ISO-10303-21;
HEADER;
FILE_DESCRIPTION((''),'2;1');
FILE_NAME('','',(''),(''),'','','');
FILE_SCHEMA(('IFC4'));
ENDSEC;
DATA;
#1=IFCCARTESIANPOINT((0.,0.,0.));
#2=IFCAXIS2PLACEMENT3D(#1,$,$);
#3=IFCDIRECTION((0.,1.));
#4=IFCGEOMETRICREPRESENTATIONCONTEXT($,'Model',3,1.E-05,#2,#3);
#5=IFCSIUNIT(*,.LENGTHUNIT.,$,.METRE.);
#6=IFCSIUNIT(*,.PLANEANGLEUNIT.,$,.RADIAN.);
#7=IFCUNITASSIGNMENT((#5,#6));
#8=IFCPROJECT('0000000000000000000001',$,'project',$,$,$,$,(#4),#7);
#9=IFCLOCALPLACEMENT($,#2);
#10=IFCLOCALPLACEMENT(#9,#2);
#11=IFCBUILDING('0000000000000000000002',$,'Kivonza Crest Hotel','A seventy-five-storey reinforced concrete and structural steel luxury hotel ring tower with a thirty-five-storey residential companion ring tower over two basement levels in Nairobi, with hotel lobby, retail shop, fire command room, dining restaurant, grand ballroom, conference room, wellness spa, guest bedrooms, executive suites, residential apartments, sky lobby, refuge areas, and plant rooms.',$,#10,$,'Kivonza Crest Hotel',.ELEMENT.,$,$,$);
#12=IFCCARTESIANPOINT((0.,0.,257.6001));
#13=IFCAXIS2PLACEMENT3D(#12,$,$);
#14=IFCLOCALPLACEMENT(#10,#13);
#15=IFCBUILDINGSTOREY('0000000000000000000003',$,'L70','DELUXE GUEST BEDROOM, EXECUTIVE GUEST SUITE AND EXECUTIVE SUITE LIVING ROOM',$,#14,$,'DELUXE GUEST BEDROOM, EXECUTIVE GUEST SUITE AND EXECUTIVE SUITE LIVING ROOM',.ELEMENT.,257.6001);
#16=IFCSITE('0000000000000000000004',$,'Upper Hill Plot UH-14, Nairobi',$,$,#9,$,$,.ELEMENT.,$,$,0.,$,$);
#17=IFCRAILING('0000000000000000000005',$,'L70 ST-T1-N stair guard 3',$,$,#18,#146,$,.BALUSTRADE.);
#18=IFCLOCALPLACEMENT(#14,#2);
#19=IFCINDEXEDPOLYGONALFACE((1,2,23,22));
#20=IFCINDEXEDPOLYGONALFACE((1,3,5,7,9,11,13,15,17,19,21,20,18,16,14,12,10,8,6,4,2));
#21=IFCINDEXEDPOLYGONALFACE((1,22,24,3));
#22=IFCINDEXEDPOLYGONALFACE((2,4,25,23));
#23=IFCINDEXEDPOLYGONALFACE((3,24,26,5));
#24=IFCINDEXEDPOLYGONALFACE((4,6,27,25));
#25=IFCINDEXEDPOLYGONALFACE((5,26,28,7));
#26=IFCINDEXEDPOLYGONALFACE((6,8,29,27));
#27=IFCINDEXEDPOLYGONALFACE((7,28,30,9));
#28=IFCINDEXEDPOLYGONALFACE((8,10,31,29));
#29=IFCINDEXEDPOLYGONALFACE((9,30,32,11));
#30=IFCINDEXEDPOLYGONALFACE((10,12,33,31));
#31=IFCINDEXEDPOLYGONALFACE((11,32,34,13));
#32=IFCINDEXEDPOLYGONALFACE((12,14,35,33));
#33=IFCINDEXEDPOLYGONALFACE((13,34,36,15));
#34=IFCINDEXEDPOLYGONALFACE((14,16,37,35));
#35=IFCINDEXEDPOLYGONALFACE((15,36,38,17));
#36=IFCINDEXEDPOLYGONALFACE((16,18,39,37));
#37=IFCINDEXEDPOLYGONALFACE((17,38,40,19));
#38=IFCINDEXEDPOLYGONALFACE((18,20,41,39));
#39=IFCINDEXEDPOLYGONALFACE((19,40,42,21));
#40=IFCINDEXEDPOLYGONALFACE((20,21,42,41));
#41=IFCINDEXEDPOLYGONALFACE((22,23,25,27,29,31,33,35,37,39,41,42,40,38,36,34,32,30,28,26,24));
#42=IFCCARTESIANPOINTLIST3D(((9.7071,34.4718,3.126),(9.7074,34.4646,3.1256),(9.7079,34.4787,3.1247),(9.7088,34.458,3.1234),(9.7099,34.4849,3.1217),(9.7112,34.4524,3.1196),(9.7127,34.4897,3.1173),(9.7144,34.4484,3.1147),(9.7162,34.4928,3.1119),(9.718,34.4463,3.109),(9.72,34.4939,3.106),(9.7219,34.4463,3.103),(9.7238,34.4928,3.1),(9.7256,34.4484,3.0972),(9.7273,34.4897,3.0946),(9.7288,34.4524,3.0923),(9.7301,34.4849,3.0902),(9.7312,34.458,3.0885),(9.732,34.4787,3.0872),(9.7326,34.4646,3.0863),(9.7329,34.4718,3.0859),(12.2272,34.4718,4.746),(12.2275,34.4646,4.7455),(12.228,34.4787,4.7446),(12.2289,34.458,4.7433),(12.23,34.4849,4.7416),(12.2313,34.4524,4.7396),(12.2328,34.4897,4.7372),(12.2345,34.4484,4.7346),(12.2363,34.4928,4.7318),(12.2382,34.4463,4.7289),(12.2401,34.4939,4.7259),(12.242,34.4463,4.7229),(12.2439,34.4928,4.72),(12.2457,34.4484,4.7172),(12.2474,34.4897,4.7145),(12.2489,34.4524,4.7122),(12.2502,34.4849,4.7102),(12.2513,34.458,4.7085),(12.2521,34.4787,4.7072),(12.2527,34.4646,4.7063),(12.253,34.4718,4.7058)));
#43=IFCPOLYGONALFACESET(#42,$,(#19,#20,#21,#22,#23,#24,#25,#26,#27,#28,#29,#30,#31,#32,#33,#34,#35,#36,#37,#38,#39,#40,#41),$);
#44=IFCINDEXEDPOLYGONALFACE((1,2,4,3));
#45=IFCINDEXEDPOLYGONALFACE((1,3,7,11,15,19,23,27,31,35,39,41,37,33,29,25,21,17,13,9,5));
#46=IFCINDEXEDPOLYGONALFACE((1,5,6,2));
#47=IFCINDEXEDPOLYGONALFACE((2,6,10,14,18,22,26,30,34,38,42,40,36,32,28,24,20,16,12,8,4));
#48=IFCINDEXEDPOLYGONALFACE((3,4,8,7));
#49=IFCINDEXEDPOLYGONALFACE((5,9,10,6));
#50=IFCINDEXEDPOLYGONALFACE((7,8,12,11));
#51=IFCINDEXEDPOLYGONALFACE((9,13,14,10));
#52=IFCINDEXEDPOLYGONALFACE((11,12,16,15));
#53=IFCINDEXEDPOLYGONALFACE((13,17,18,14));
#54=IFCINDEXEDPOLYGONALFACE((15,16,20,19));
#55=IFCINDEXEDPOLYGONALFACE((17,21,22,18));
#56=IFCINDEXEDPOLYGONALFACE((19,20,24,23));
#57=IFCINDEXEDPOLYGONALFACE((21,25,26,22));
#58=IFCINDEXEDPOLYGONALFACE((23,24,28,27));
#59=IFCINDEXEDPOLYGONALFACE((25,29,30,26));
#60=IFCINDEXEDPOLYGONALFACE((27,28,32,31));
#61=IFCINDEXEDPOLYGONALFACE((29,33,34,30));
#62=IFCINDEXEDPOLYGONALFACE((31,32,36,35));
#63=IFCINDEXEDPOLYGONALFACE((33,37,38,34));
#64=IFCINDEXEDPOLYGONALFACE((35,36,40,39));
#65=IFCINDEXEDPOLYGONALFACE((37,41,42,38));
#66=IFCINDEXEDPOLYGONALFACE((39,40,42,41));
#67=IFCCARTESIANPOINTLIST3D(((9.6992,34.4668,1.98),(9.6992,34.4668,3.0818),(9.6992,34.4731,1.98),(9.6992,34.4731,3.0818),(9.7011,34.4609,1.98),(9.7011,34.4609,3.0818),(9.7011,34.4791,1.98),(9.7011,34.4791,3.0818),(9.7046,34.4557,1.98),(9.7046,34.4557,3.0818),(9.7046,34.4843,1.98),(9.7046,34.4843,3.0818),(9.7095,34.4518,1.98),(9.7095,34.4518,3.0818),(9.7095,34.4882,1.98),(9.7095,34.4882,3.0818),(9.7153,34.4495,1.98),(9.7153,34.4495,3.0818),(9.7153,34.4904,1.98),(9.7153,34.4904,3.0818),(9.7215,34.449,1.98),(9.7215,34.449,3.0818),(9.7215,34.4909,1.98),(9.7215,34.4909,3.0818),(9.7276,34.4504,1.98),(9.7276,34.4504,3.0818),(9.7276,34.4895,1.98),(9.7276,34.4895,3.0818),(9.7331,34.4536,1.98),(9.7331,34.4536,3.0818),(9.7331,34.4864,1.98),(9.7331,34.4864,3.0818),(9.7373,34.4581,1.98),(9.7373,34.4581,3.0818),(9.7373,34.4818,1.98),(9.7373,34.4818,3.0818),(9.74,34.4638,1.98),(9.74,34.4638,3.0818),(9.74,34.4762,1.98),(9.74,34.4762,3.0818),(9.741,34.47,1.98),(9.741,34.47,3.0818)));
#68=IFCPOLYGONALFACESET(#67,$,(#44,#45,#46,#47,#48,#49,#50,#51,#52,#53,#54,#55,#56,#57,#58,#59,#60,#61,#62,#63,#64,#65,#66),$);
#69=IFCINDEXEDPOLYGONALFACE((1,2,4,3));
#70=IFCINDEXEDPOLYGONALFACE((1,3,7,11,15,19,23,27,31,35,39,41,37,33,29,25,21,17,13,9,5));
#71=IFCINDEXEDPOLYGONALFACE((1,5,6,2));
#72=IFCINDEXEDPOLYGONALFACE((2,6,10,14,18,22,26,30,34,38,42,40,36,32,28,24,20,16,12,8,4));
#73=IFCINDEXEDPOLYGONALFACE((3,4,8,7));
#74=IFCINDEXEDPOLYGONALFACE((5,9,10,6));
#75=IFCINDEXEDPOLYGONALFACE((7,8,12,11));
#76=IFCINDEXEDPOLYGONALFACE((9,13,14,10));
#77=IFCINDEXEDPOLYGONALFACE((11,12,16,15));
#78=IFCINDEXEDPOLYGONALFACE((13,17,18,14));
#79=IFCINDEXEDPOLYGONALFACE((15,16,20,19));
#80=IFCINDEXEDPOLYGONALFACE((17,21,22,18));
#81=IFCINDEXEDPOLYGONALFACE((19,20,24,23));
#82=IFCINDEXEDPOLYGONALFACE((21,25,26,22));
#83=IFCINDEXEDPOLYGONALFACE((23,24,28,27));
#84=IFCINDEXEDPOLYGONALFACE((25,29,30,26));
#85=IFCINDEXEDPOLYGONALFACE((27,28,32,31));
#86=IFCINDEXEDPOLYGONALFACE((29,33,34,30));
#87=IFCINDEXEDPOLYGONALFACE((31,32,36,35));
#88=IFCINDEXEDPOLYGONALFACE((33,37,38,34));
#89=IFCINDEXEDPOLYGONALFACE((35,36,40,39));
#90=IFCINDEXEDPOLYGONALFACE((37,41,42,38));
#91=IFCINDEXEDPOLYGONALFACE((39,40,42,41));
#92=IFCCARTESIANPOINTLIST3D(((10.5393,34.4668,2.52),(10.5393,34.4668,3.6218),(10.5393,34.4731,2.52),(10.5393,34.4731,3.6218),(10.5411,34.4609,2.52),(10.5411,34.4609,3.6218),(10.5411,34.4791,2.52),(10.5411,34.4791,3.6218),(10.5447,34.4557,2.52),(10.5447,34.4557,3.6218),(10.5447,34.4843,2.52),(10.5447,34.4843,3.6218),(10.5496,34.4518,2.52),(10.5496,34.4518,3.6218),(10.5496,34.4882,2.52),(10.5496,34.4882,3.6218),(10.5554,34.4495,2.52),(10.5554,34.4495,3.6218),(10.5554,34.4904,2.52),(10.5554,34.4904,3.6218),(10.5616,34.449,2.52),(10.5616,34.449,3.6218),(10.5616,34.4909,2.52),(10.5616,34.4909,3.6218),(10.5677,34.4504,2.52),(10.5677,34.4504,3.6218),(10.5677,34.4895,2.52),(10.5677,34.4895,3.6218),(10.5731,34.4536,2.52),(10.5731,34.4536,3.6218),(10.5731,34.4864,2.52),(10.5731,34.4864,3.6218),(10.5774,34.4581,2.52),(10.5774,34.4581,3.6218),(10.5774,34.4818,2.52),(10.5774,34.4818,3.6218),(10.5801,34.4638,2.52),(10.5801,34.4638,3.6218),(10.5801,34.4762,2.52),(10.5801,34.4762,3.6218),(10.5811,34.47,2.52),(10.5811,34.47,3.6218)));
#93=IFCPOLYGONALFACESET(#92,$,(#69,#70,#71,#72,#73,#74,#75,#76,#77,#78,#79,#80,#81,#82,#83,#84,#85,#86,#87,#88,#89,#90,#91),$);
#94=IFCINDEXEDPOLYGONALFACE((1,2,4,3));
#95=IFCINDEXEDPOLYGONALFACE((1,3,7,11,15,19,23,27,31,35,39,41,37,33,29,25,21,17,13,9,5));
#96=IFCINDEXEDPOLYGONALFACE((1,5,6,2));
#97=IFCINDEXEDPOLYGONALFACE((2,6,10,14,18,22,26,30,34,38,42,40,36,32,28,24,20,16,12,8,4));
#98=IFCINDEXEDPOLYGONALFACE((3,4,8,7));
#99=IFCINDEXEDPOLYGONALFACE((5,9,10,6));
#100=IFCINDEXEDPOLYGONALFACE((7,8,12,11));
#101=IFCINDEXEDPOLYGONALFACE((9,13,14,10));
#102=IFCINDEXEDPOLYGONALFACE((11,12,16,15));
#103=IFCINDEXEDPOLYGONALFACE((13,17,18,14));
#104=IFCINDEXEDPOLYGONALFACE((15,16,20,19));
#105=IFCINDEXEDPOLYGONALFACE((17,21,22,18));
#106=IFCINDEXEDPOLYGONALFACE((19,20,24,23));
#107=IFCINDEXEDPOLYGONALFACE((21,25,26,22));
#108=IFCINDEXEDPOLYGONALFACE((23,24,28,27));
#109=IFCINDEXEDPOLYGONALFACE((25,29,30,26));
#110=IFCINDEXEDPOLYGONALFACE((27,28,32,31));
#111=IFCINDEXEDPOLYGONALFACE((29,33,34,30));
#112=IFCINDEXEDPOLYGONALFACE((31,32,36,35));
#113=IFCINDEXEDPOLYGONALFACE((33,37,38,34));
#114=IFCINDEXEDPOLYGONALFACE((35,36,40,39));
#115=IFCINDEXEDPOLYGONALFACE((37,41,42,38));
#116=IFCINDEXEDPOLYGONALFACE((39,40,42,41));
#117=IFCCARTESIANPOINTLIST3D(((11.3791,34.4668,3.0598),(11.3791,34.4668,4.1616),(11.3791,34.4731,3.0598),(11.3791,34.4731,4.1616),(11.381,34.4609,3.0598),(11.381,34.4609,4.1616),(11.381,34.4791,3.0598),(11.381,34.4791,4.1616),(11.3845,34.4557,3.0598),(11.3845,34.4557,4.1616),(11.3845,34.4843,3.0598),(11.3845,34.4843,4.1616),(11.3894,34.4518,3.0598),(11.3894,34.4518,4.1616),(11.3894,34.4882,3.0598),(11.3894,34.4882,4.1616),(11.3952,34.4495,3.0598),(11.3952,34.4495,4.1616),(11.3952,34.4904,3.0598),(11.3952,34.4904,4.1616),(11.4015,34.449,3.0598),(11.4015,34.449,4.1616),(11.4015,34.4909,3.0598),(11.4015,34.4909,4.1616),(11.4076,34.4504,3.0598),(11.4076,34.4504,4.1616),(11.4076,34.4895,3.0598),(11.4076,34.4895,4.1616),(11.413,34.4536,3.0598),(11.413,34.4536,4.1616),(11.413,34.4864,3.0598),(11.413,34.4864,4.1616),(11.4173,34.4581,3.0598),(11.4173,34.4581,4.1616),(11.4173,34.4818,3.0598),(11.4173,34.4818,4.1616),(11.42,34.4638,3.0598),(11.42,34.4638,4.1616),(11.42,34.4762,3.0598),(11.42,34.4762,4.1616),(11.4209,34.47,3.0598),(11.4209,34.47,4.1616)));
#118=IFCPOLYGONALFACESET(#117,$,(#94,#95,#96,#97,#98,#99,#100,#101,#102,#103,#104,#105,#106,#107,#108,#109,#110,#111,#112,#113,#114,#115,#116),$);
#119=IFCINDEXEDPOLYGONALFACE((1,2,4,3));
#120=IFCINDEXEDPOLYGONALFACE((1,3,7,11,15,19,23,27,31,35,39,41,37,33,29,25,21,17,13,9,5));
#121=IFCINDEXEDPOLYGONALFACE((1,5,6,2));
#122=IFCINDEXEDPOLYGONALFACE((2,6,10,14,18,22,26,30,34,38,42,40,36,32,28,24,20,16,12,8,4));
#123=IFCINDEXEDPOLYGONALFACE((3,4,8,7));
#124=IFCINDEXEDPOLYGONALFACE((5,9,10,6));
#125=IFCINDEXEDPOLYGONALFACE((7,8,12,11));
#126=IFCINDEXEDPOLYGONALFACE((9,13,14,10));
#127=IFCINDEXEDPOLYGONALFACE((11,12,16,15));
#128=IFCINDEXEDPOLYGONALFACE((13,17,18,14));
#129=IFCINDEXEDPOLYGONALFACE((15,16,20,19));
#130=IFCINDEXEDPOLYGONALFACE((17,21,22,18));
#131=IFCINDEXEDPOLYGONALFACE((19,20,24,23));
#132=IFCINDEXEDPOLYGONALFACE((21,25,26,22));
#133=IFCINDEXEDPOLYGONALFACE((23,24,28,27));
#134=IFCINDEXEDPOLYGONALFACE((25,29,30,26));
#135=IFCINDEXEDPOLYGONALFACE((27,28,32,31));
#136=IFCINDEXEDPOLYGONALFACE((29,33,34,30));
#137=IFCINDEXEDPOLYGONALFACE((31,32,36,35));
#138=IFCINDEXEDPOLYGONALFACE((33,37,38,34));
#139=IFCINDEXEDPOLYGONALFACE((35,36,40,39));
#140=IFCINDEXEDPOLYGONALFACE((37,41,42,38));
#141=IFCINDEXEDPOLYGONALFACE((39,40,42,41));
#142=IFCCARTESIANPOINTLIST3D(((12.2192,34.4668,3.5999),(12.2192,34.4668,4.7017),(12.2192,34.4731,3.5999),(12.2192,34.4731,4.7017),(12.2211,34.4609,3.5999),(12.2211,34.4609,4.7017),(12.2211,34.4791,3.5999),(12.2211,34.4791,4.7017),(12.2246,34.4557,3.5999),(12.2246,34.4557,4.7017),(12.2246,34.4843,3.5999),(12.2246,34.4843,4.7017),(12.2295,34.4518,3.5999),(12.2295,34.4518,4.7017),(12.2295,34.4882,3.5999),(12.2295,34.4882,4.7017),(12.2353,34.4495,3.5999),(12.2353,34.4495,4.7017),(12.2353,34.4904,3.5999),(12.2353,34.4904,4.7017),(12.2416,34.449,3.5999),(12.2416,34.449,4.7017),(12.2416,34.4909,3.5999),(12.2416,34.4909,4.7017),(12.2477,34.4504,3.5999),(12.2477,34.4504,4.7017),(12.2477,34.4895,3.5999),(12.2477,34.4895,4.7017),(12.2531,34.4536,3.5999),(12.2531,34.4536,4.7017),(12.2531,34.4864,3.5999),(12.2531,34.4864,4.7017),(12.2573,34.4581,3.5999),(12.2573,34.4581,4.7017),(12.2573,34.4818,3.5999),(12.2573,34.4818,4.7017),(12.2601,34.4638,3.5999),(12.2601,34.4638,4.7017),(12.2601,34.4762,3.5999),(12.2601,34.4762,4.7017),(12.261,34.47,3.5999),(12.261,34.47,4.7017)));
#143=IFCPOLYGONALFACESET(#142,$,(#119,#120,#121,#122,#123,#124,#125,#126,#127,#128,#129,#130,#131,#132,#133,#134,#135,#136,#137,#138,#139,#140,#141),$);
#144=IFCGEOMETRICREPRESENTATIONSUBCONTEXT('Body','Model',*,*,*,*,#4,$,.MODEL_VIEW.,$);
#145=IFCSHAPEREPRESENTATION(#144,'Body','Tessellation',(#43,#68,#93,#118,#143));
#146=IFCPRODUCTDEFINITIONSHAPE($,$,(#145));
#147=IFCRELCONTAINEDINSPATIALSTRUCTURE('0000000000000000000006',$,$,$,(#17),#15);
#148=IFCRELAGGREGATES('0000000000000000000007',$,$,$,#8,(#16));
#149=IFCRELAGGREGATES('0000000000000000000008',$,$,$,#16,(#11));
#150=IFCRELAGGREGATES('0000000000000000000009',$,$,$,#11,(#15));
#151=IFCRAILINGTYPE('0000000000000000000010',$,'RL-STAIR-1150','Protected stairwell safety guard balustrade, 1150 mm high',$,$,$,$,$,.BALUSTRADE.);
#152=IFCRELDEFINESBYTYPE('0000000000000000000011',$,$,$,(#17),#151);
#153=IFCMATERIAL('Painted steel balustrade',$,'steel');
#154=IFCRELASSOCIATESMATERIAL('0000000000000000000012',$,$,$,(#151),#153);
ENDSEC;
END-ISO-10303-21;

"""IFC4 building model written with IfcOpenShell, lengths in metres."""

from ifc_helpers import new_model, si_unit, direction, frame, origin, origin_2d, place, context, subcontext, project, spatial, circle, extrude, material, type_object, element, save


model = new_model("IFC4")

# Units and contexts
model_context = context("Model", 3, precision=1e-05, world=origin(), true_north=direction((0.0, 1.0)))
body_context = subcontext(model_context, "Body", "Model", "MODEL_VIEW")
ifc_project = project(units=[si_unit("LENGTHUNIT", "METRE"), si_unit("PLANEANGLEUNIT", "RADIAN")], contexts=[model_context])

# Site, building, storey
site_placement = place(None, origin())
site = spatial("IfcSite", under=ifc_project, at=site_placement, Name="Upper Hill Plot UH-14, Nairobi", CompositionType="ELEMENT", RefElevation=0.0)
building_placement = place(site_placement, origin())
building = spatial("IfcBuilding", under=site, at=building_placement, Name="Kivonza Crest Hotel", Description="A seventy-five-storey reinforced concrete and structural steel luxury hotel ring tower with a thirty-five-storey residential companion ring tower over two basement levels in Nairobi, with hotel lobby, retail shop, fire command room, dining restaurant, grand ballroom, conference room, wellness spa, guest bedrooms, executive suites, residential apartments, sky lobby, refuge areas, and plant rooms.", LongName="Kivonza Crest Hotel", CompositionType="ELEMENT")
storey_placement = place(building_placement, frame((0.0, 0.0, 257.6001)))
storey = spatial("IfcBuildingStorey", under=building, at=storey_placement, Name="L70", Description="DELUXE GUEST BEDROOM, EXECUTIVE GUEST SUITE AND EXECUTIVE SUITE LIVING ROOM", LongName="DELUXE GUEST BEDROOM, EXECUTIVE GUEST SUITE AND EXECUTIVE SUITE LIVING ROOM", CompositionType="ELEMENT", Elevation=257.6001)

# Railing
ifc_material_1 = material(Name="Painted steel balustrade", Category="steel")
railing_type_1 = type_object("IfcRailingType", Name="RL-STAIR-1150", Description="Protected stairwell safety guard balustrade, 1150 mm high", PredefinedType="BALUSTRADE", material=ifc_material_1)
railing_1_placement = place(storey_placement, frame((9.72, 34.47, 1.98)))
element("IfcRailing", 1, at=railing_1_placement, inside=storey, type_object=railing_type_1, Name="L70 ST-T1-N stair guard 3", PredefinedType="BALUSTRADE", context=body_context, shape_type="SweptSolid", body=[
    extrude(circle(Radius=0.0239, at=origin_2d()), frame((0.0, 0.0, 1.126), z_axis=(0.8412, 0.0, 0.540725), x_axis=(0.0, 1.0, 0.0)), (0.0, 0.0, 1.0), 2.9958),
    extrude(circle(Radius=0.021, at=origin_2d()), origin(), (0.0, 0.0, 1.0), 1.1018),
    extrude(circle(Radius=0.021, at=origin_2d()), frame((0.8401, 0.0, 0.54)), (0.0, 0.0, 1.0), 1.1018),
    extrude(circle(Radius=0.021, at=origin_2d()), frame((1.6799, 0.0, 1.0798)), (0.0, 0.0, 1.0), 1.1018),
    extrude(circle(Radius=0.021, at=origin_2d()), frame((2.52, 0.0, 1.6199)), (0.0, 0.0, 1.0), 1.1018),
])

save(model, "model.ifc")
